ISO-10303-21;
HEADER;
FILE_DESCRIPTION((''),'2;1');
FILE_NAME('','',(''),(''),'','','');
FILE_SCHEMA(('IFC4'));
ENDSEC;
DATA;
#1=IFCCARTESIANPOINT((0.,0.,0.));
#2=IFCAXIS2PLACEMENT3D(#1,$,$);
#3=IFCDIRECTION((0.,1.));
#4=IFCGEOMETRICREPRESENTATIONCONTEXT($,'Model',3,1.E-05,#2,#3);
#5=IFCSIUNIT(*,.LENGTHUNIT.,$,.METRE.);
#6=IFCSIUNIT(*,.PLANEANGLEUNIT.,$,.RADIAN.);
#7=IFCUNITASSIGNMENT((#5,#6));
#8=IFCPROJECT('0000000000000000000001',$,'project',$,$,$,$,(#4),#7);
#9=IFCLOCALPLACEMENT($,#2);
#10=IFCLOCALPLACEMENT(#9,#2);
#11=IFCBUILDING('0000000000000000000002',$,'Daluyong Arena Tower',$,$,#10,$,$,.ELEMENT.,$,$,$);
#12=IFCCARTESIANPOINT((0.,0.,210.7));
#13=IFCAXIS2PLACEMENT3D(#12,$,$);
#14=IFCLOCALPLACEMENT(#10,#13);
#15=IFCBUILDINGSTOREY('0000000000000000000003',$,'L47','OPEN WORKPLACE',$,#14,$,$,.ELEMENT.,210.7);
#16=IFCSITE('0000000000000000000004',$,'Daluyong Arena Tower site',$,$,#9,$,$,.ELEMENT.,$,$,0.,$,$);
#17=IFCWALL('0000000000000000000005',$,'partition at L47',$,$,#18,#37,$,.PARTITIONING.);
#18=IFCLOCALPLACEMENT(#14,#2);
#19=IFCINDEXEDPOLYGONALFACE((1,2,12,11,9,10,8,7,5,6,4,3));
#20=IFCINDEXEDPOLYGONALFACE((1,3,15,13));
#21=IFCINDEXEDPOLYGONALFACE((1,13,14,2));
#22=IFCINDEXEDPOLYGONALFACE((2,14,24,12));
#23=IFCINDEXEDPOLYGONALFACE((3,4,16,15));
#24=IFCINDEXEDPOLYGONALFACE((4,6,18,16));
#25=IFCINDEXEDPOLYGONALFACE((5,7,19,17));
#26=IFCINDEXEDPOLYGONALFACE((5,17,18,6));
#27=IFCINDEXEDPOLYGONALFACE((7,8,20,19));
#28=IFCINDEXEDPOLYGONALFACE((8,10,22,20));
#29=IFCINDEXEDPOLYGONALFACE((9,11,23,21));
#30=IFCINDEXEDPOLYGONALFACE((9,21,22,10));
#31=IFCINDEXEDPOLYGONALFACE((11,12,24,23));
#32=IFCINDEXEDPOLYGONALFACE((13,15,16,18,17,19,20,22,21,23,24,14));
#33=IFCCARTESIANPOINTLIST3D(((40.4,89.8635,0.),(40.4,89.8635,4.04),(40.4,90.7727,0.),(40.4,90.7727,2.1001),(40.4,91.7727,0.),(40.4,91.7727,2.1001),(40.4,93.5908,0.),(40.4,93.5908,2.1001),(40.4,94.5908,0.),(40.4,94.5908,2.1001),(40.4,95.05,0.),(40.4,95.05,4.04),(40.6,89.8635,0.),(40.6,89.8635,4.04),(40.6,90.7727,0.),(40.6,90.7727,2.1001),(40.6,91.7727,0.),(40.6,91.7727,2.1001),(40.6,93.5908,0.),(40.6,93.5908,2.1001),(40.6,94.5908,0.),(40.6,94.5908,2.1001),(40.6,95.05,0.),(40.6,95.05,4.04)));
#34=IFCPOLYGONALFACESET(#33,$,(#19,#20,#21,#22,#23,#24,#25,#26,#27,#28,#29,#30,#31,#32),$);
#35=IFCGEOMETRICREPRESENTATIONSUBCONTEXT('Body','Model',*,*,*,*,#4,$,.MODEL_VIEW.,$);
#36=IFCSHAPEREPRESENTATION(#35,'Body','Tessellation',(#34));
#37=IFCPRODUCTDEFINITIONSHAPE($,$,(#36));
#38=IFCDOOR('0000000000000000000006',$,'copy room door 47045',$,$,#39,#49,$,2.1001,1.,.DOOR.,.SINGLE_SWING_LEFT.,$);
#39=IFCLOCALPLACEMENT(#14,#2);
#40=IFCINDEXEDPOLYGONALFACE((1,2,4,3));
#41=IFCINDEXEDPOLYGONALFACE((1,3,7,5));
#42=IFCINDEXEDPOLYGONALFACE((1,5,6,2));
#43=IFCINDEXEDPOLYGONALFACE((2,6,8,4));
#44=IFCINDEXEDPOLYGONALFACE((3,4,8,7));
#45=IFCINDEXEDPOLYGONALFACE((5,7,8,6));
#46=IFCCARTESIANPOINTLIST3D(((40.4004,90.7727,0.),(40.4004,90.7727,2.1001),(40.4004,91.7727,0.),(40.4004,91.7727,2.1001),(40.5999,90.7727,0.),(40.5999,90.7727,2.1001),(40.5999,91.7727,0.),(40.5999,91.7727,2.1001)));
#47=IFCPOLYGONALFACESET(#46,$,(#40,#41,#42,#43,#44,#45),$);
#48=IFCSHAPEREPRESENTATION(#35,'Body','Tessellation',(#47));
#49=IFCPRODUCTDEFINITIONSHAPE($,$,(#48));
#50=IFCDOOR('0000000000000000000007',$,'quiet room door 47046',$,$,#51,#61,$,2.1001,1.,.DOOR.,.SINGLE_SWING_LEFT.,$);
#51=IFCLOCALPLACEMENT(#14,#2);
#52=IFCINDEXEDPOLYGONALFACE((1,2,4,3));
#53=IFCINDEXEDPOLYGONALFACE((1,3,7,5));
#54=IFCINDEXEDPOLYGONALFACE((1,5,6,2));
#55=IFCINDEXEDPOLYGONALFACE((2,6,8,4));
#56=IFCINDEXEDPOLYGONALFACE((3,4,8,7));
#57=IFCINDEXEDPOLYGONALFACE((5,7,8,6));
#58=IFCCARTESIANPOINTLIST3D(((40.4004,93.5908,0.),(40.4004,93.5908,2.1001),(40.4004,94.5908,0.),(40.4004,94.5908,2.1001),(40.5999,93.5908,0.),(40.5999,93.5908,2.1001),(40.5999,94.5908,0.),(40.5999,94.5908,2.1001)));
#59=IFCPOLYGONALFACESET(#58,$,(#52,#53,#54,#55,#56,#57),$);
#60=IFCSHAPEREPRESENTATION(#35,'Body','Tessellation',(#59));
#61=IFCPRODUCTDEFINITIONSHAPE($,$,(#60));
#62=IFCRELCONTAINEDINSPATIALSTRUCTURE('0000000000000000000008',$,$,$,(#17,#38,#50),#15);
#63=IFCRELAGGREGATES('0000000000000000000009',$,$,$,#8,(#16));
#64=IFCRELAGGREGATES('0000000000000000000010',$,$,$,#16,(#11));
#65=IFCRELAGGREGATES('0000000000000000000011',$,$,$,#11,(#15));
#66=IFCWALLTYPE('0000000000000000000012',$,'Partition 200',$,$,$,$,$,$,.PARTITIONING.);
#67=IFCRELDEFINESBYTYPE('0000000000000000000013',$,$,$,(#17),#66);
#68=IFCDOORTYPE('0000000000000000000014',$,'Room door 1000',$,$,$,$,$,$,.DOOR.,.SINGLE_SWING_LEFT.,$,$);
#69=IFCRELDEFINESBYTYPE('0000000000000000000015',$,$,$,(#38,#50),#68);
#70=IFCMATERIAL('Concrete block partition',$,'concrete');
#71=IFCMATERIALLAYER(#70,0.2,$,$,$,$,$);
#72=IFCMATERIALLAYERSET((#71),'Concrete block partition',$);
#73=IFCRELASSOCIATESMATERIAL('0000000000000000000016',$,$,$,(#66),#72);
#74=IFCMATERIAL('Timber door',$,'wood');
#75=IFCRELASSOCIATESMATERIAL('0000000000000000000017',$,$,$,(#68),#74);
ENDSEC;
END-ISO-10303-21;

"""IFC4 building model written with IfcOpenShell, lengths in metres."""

from ifc_helpers import new_model, si_unit, direction, frame, frame_2d, origin, place, context, subcontext, project, spatial, rectangle, extrude, material, layer, layer_set, type_object, element, fill, save


model = new_model("IFC4")

# Units and contexts
model_context = context("Model", 3, precision=1e-05, world=origin(), true_north=direction((0.0, 1.0)))
body_context = subcontext(model_context, "Body", "Model", "MODEL_VIEW")
ifc_project = project(units=[si_unit("LENGTHUNIT", "METRE"), si_unit("PLANEANGLEUNIT", "RADIAN")], contexts=[model_context])

# Site, building, storey
site_placement = place(None, origin())
site = spatial("IfcSite", under=ifc_project, at=site_placement, Name="Daluyong Arena Tower site", CompositionType="ELEMENT", RefElevation=0.0)
building_placement = place(site_placement, origin())
building = spatial("IfcBuilding", under=site, at=building_placement, Name="Daluyong Arena Tower", CompositionType="ELEMENT")
storey_placement = place(building_placement, frame((0.0, 0.0, 210.7)))
storey = spatial("IfcBuildingStorey", under=building, at=storey_placement, Name="L47", Description="OPEN WORKPLACE", CompositionType="ELEMENT", Elevation=210.7)

# Shared definitions
ifc_material_1 = material(Name="Concrete block partition", Category="concrete")
ifc_layer_1 = layer(ifc_material_1, 0.2)
ifc_layer_set_1 = layer_set([ifc_layer_1], Name="Concrete block partition")
wall_type_1 = type_object("IfcWallType", Name="Partition 200", PredefinedType="PARTITIONING", material=ifc_layer_set_1)

# Wall, openings, doors
wall_1_placement = place(storey_placement, frame((40.5, 89.8635, 0.0), z_axis=(0.0, 0.0, 1.0), x_axis=(0.0, 1.0, 0.0)))
wall_1 = element("IfcWall", 1, at=wall_1_placement, inside=storey, type_object=wall_type_1, Name="partition at L47", PredefinedType="PARTITIONING", context=body_context, shape_type="SweptSolid", body=[
    extrude(rectangle(XDim=5.1865, YDim=0.2, at=frame_2d((2.5933, 0.0))), origin(), (0.0, 0.0, 1.0), 4.04),
])
opening_1_placement = place(wall_1_placement, frame((0.9092, 0.0, 0.0)))
opening_1 = element("IfcOpeningElement", 2, at=opening_1_placement, cuts=wall_1, PredefinedType="OPENING", context=body_context, shape_type="SweptSolid", body=[
    extrude(rectangle(XDim=1.0, YDim=2.1001, at=frame_2d((0.5, 1.05))), frame((0.0, 0.1099, 0.0), z_axis=(0.0, -1.0, 0.0), x_axis=(1.0, 0.0, 0.0)), (0.0, 0.0, 1.0), 0.22),
])
opening_2_placement = place(wall_1_placement, frame((3.7273, 0.0, 0.0)))
opening_2 = element("IfcOpeningElement", 3, at=opening_2_placement, cuts=wall_1, PredefinedType="OPENING", context=body_context, shape_type="SweptSolid", body=[
    extrude(rectangle(XDim=1.0, YDim=2.1001, at=frame_2d((0.5, 1.05))), frame((0.0, 0.1099, 0.0), z_axis=(0.0, -1.0, 0.0), x_axis=(1.0, 0.0, 0.0)), (0.0, 0.0, 1.0), 0.22),
])
ifc_material_2 = material(Name="Timber door", Category="wood")
door_type_1 = type_object("IfcDoorType", Name="Room door 1000", OperationType="SINGLE_SWING_LEFT", PredefinedType="DOOR", material=ifc_material_2)
door_1_placement = place(opening_1_placement, origin())
door_1 = element("IfcDoor", 4, at=door_1_placement, inside=storey, type_object=door_type_1, Name="copy room door 47045", OperationType="SINGLE_SWING_LEFT", OverallHeight=2.1001, OverallWidth=1.0, PredefinedType="DOOR", context=body_context, shape_type="SweptSolid", body=[
    extrude(rectangle(XDim=1.0, YDim=2.1001, at=frame_2d((0.5, 1.05))), frame((0.0, 0.0996, 0.0), z_axis=(0.0, -1.0, 0.0), x_axis=(1.0, 0.0, 0.0)), (0.0, 0.0, 1.0), 0.1995),
])
fill(opening_1, door_1)
door_2_placement = place(opening_2_placement, origin())
door_2 = element("IfcDoor", 5, at=door_2_placement, inside=storey, type_object=door_type_1, Name="quiet room door 47046", OperationType="SINGLE_SWING_LEFT", OverallHeight=2.1001, OverallWidth=1.0, PredefinedType="DOOR", context=body_context, shape_type="SweptSolid", body=[
    extrude(rectangle(XDim=1.0, YDim=2.1001, at=frame_2d((0.5, 1.05))), frame((0.0, 0.0996, 0.0), z_axis=(0.0, -1.0, 0.0), x_axis=(1.0, 0.0, 0.0)), (0.0, 0.0, 1.0), 0.1995),
])
fill(opening_2, door_2)

save(model, "model.ifc")
